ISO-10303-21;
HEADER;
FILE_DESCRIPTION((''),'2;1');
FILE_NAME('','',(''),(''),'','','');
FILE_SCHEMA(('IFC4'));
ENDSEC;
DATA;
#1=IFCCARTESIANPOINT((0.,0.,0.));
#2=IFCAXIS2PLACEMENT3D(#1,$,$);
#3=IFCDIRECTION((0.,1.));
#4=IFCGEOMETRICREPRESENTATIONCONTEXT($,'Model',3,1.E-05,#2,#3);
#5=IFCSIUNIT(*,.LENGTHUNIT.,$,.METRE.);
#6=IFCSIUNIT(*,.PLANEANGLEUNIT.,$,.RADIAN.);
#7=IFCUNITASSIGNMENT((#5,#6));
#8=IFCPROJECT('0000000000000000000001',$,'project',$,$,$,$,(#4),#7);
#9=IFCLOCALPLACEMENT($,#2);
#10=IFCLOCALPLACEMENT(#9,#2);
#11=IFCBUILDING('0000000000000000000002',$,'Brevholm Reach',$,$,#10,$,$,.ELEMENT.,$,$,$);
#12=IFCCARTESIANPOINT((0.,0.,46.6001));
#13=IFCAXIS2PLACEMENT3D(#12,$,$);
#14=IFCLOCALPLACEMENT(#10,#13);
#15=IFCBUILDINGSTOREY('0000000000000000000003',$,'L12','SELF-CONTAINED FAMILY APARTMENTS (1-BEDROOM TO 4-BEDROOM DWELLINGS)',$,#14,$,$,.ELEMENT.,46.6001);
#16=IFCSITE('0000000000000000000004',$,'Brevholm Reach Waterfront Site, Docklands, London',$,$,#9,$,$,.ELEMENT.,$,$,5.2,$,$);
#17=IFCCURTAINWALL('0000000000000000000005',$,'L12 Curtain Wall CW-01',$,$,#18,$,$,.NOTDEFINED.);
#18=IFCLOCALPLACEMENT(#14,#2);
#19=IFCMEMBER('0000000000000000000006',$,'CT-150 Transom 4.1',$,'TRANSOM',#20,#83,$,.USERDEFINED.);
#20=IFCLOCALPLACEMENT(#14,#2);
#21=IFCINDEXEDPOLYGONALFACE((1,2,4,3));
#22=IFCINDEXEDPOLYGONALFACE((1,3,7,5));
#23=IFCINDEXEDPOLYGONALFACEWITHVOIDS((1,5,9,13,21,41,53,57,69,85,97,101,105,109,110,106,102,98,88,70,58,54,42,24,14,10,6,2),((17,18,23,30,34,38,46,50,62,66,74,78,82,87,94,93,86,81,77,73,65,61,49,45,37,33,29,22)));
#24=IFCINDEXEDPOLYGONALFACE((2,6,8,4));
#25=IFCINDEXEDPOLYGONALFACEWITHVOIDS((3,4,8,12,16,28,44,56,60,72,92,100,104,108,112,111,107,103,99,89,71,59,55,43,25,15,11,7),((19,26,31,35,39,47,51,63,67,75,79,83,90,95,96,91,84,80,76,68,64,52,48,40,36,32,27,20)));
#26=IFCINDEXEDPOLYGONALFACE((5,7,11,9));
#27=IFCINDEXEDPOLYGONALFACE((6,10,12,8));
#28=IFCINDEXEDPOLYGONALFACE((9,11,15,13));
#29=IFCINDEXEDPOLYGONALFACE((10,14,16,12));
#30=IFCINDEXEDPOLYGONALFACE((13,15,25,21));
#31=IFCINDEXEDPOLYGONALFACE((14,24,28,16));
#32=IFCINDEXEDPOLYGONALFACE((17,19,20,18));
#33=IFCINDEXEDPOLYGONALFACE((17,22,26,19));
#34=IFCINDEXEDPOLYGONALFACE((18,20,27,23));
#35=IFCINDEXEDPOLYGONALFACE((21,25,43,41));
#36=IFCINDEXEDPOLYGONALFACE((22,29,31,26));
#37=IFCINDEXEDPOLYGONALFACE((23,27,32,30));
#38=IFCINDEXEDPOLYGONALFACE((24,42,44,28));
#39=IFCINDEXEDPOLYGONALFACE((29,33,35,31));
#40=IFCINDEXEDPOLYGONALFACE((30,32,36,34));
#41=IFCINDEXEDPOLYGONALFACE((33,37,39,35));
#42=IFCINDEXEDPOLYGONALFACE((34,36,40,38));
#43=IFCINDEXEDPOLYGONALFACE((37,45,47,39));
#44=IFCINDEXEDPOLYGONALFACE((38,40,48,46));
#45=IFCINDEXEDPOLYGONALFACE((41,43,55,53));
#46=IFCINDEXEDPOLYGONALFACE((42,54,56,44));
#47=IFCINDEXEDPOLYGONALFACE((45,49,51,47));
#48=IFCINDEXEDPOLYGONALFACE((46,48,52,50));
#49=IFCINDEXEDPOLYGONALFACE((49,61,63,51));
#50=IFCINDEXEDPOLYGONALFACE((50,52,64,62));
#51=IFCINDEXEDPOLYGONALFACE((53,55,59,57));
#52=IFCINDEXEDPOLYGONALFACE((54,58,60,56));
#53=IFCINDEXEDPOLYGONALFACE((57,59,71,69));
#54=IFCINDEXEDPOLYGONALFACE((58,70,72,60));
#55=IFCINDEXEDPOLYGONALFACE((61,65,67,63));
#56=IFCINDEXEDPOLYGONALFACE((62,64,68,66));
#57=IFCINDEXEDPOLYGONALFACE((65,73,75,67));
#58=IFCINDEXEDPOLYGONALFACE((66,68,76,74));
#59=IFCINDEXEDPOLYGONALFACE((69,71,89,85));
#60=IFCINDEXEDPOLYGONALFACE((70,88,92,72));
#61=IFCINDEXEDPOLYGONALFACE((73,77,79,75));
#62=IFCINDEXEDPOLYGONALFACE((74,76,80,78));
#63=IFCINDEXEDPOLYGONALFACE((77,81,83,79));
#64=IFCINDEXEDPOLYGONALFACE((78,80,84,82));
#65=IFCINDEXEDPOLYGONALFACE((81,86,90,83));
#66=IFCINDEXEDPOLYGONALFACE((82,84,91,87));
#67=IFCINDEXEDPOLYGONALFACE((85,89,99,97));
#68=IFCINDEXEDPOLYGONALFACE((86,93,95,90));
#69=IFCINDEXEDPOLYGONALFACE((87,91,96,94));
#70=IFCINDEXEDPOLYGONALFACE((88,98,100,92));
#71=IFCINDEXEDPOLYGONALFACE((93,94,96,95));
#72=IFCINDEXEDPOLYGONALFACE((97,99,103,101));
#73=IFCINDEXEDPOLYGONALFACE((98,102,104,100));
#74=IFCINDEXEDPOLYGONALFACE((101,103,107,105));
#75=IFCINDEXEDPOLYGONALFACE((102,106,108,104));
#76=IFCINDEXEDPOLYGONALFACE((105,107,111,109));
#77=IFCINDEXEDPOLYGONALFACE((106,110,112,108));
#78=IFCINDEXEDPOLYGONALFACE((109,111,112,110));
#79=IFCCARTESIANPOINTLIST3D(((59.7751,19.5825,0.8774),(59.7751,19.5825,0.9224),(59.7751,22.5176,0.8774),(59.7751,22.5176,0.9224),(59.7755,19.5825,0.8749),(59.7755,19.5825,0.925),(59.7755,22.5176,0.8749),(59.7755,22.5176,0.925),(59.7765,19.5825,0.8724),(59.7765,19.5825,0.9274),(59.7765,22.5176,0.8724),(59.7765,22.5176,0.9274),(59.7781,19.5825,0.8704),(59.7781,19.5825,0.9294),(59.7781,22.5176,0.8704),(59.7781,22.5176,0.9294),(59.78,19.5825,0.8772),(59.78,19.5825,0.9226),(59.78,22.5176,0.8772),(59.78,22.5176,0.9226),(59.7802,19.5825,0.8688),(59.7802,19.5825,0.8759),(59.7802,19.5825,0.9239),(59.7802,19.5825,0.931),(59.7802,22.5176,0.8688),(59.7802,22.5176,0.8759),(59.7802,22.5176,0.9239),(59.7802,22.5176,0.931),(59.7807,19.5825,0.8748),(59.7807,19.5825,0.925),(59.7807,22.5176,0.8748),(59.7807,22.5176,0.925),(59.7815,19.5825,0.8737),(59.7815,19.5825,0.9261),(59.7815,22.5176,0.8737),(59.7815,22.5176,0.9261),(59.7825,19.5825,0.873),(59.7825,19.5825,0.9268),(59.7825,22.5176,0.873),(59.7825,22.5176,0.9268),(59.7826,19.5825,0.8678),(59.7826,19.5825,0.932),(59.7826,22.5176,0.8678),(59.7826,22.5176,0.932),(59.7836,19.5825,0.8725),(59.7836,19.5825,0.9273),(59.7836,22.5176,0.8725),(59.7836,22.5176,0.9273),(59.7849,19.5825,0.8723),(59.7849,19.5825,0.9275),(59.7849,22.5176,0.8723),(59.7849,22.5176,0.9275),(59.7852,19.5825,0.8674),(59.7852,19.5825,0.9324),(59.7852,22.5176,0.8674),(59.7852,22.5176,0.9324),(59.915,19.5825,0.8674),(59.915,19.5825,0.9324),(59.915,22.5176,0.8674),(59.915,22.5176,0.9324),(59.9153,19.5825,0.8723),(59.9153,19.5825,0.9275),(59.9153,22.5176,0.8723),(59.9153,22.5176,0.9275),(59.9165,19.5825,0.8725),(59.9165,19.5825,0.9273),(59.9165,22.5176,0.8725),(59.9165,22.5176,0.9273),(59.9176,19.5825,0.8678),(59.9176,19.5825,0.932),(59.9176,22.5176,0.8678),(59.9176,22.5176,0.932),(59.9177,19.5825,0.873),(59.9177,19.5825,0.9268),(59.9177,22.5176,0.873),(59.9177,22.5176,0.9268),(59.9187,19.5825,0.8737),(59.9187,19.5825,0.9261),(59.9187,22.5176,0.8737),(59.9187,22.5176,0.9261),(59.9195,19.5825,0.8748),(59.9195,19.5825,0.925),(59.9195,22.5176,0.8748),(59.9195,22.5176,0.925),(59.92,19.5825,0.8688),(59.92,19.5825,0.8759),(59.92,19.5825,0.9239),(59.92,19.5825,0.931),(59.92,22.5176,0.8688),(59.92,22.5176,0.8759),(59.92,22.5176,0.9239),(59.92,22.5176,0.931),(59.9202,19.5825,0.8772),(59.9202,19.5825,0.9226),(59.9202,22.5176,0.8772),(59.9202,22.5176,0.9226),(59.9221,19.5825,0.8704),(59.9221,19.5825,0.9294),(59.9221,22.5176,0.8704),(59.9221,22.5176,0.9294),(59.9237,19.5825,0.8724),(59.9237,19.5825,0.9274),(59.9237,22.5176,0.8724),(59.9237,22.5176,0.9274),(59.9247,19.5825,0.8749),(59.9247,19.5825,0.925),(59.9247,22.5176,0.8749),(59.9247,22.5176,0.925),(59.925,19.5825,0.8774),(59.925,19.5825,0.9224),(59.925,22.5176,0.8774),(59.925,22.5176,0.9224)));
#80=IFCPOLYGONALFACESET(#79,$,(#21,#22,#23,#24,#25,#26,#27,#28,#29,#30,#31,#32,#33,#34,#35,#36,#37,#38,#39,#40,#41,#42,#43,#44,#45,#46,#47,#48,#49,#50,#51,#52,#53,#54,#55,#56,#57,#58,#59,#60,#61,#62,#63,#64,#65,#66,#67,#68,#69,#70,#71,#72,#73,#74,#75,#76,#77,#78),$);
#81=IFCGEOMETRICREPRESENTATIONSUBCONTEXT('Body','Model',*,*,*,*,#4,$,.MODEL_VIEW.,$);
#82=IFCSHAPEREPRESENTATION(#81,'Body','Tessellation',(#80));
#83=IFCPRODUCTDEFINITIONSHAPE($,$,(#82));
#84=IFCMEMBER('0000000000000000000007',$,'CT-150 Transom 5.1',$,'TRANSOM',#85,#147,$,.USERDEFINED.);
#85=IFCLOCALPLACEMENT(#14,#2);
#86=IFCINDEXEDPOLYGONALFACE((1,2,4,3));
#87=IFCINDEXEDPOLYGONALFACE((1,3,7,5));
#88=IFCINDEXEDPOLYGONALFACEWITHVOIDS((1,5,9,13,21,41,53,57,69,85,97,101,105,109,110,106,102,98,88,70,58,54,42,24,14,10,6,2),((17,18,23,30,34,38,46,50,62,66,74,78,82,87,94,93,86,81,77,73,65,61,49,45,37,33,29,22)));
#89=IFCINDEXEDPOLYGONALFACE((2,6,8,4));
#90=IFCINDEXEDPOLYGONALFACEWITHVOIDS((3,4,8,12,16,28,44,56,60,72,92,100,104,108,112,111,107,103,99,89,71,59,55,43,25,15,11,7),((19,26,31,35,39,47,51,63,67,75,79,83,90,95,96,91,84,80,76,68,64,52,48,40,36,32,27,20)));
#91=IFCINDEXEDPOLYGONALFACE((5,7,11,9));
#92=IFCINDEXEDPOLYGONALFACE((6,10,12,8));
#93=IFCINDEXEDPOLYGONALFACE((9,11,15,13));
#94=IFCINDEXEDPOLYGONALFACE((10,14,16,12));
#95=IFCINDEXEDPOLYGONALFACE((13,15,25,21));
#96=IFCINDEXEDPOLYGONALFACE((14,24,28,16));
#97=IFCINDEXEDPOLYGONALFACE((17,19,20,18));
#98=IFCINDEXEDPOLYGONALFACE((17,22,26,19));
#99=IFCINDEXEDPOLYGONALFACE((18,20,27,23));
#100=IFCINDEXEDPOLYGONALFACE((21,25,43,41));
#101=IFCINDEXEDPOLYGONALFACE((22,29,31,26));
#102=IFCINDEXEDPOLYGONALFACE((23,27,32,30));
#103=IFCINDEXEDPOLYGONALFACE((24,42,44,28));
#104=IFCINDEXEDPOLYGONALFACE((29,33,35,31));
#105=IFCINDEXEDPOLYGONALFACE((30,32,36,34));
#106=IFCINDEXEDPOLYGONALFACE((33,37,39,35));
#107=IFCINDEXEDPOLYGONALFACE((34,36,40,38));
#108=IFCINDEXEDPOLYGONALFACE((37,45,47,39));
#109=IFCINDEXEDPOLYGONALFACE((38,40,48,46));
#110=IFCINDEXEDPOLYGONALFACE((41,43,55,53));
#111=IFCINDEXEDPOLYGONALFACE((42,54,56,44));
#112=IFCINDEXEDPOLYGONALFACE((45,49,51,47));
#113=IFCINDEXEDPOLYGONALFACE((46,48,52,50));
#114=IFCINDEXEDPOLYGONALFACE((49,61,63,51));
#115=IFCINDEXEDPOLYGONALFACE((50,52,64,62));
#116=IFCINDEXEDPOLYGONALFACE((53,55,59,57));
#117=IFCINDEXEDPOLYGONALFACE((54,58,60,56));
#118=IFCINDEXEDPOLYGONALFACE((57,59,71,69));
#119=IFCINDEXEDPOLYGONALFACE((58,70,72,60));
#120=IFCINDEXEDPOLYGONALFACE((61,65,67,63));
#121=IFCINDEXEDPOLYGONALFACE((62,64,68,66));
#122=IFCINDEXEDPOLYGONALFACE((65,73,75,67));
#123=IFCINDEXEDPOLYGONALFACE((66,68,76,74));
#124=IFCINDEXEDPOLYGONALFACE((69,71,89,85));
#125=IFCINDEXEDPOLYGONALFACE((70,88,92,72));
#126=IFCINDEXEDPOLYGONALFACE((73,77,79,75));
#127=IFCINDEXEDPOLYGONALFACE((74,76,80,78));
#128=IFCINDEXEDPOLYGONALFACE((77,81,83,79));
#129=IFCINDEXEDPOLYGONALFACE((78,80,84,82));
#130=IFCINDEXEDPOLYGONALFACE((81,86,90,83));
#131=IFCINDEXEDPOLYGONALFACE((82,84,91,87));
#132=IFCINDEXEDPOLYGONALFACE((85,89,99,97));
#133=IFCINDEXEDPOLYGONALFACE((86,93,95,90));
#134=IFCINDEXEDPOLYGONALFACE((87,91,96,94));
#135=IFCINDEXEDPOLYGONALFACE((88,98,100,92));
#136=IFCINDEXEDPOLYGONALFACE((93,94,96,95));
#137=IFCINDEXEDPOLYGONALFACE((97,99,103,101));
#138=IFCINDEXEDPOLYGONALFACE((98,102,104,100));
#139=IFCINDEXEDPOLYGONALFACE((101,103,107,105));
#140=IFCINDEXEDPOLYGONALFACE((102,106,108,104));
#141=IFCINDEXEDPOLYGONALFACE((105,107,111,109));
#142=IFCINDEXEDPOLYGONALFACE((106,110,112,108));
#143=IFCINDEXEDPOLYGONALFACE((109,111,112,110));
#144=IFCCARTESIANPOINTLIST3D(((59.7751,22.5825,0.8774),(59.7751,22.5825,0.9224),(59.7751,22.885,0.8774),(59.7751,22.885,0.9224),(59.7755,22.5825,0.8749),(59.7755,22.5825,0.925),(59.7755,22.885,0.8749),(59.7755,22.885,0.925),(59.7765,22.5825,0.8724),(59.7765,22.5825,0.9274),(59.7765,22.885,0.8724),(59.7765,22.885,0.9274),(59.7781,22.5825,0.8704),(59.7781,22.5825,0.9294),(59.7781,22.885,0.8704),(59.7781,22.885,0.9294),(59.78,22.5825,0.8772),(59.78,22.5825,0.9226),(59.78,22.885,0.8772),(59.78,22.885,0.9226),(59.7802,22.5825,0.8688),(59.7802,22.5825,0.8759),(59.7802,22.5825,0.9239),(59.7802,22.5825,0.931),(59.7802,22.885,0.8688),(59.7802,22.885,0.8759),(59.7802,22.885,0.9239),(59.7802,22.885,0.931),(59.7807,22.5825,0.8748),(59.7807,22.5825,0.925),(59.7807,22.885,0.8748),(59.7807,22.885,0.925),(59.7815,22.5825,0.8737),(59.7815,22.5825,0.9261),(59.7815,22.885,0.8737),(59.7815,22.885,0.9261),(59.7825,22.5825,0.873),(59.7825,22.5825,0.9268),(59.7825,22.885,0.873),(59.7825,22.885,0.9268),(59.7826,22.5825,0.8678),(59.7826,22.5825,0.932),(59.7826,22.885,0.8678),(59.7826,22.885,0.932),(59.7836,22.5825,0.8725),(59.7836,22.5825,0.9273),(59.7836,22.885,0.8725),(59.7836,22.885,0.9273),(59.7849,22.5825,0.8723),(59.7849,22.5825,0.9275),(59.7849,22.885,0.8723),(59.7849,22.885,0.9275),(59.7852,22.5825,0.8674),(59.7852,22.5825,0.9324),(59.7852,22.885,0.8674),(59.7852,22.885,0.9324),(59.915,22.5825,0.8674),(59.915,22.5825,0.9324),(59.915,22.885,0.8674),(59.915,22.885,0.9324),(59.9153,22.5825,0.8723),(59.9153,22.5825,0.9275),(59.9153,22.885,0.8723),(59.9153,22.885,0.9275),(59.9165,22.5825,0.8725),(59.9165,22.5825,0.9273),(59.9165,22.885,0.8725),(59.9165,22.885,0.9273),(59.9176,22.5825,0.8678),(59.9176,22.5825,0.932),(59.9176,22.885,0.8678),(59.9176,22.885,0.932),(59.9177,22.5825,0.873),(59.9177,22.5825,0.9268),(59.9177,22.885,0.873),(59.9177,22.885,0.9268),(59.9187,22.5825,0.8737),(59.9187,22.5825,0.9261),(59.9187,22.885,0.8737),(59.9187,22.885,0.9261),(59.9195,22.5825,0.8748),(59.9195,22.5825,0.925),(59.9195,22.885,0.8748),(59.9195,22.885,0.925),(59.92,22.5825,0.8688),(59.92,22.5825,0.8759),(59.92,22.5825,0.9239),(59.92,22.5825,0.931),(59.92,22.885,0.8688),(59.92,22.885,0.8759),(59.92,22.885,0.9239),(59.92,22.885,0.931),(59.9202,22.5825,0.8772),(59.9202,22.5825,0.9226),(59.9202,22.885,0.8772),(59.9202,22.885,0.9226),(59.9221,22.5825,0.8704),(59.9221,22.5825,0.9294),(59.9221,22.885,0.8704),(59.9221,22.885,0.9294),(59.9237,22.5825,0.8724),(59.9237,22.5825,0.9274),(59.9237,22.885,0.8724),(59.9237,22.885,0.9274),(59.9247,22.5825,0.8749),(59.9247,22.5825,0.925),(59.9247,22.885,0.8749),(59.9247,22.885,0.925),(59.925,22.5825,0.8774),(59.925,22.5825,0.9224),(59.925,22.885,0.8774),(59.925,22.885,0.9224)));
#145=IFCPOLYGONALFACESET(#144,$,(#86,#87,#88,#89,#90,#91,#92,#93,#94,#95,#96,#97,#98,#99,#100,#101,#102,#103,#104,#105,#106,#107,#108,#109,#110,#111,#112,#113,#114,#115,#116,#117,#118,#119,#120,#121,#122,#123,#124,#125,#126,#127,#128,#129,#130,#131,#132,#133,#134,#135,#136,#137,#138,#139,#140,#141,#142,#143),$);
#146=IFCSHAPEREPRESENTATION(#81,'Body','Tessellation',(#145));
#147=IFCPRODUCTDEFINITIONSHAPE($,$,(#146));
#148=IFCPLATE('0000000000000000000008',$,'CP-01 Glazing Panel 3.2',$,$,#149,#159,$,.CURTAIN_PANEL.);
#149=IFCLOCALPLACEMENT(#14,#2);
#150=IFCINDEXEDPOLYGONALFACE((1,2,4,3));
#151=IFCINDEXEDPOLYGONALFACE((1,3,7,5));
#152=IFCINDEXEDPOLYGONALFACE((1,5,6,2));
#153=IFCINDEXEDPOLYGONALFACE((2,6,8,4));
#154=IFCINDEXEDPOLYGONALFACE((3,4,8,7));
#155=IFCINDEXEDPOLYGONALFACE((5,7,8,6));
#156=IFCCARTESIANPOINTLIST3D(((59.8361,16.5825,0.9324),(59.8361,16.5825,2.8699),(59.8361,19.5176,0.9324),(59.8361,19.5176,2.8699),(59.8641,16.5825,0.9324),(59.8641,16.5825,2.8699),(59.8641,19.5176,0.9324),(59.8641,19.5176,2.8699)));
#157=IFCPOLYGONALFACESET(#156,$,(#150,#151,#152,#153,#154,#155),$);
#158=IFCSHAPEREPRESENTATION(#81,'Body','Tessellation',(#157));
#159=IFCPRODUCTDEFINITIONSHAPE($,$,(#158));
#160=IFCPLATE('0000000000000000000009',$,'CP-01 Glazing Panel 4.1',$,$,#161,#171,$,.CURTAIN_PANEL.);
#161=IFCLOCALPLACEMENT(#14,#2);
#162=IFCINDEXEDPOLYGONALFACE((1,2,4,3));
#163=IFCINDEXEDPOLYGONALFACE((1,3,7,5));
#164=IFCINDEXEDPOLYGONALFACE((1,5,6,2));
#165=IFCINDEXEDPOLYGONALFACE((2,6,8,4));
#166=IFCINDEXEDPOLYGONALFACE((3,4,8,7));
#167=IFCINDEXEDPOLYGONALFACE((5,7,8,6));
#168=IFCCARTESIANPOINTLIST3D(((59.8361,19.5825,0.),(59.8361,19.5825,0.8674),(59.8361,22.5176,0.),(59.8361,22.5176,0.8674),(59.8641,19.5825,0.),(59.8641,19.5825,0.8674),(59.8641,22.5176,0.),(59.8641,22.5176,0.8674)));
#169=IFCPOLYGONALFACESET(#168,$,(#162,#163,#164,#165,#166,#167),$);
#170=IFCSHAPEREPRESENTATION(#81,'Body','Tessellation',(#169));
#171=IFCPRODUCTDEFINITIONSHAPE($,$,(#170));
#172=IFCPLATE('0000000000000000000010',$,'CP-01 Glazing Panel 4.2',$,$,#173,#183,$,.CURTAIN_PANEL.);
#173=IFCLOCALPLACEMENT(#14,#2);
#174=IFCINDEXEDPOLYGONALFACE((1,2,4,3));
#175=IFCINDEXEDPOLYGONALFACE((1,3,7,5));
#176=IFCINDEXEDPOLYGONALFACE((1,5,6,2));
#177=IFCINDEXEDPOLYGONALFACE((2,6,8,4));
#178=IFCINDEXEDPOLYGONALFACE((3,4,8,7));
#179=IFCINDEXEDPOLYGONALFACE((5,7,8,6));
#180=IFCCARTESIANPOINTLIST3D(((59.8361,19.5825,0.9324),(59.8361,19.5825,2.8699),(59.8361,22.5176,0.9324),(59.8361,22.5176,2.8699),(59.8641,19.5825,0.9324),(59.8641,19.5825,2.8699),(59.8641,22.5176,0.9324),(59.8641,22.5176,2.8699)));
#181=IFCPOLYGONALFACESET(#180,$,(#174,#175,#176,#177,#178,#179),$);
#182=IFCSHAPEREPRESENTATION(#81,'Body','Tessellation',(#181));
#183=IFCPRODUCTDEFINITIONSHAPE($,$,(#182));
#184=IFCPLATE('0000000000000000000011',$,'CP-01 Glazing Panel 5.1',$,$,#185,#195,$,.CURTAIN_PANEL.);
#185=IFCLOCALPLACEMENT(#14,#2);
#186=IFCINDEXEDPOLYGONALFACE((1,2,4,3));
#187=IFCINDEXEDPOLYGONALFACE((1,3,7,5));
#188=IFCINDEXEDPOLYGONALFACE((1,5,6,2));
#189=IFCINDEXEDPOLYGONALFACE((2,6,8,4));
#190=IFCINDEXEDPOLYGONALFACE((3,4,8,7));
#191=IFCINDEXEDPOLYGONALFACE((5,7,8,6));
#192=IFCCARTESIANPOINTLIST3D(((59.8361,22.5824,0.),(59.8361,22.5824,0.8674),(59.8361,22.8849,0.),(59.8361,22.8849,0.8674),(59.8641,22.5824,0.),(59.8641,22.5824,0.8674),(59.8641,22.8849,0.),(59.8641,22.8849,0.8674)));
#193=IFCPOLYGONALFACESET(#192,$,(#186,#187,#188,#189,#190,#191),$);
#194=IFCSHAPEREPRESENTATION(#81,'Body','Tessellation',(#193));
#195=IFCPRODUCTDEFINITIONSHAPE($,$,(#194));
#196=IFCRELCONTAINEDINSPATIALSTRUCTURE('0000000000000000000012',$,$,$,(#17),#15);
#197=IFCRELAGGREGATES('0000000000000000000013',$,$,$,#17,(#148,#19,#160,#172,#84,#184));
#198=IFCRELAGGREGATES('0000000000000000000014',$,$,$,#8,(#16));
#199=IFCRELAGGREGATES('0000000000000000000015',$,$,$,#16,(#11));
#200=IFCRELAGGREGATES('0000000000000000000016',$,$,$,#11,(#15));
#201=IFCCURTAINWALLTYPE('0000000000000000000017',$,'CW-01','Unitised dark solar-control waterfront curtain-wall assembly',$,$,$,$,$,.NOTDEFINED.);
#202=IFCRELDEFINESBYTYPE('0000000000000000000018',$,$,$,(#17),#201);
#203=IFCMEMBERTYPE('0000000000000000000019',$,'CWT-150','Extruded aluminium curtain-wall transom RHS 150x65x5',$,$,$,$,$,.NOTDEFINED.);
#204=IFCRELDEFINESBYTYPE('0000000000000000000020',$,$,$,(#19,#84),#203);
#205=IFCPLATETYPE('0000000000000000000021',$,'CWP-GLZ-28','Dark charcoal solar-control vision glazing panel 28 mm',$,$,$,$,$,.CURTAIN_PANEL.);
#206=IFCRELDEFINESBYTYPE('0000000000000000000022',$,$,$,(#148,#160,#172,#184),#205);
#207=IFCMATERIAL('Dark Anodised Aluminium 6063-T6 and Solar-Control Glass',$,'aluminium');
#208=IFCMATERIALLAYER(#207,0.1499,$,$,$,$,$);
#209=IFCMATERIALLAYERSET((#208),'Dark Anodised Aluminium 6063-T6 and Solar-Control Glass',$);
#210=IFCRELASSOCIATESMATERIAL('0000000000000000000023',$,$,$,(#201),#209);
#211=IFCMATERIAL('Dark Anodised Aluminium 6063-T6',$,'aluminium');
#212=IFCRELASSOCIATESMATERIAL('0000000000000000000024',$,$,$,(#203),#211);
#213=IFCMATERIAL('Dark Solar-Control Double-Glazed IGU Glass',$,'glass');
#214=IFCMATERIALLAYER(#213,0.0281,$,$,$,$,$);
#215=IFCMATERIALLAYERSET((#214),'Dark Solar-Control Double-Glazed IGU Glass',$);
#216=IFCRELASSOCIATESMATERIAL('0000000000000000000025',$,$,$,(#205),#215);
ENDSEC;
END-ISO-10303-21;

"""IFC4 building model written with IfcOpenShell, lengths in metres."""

from ifc_helpers import new_model, si_unit, direction, frame, origin, origin_2d, place, context, subcontext, project, spatial, rectangle, hollow_rectangle, extrude, material, layer, layer_set, material_profile, profile_set, type_object, element, aggregate, save


model = new_model("IFC4")

# Units and contexts
model_context = context("Model", 3, precision=1e-05, world=origin(), true_north=direction((0.0, 1.0)))
body_context = subcontext(model_context, "Body", "Model", "MODEL_VIEW")
ifc_project = project(units=[si_unit("LENGTHUNIT", "METRE"), si_unit("PLANEANGLEUNIT", "RADIAN")], contexts=[model_context])

# Site, building, storey
site_placement = place(None, origin())
site = spatial("IfcSite", under=ifc_project, at=site_placement, Name="Brevholm Reach Waterfront Site, Docklands, London", CompositionType="ELEMENT", RefElevation=5.2)
building_placement = place(site_placement, origin())
building = spatial("IfcBuilding", under=site, at=building_placement, Name="Brevholm Reach", CompositionType="ELEMENT")
storey_placement = place(building_placement, frame((0.0, 0.0, 46.6001)))
storey = spatial("IfcBuildingStorey", under=building, at=storey_placement, Name="L12", Description="SELF-CONTAINED FAMILY APARTMENTS (1-BEDROOM TO 4-BEDROOM DWELLINGS)", CompositionType="ELEMENT", Elevation=46.6001)

# Curtain wall, members, plates
ifc_material_1 = material(Name="Dark Anodised Aluminium 6063-T6 and Solar-Control Glass", Category="aluminium")
ifc_layer_1 = layer(ifc_material_1, 0.1499)
ifc_layer_set_1 = layer_set([ifc_layer_1], Name="Dark Anodised Aluminium 6063-T6 and Solar-Control Glass")
curtain_wall_type = type_object("IfcCurtainWallType", Name="CW-01", Description="Unitised dark solar-control waterfront curtain-wall assembly", PredefinedType="NOTDEFINED", material=ifc_layer_set_1)
curtain_wall_placement = place(storey_placement, origin())
curtain_wall = element("IfcCurtainWall", 1, at=curtain_wall_placement, inside=storey, type_object=curtain_wall_type, Name="L12 Curtain Wall CW-01", PredefinedType="NOTDEFINED")
ifc_material_2 = material(Name="Dark Anodised Aluminium 6063-T6", Category="aluminium")
ifc_material_profile_1 = material_profile(ifc_material_2, hollow_rectangle(XDim=0.0649, YDim=0.1499, WallThickness=0.0049, InnerFilletRadius=0.0049, OuterFilletRadius=0.01, at=origin_2d()), Name="RHS 150x65x5")
ifc_profile_set_1 = profile_set([ifc_material_profile_1], Name="Dark Anodised Aluminium 6063-T6")
member_type_1 = type_object("IfcMemberType", Name="CWT-150", Description="Extruded aluminium curtain-wall transom RHS 150x65x5", PredefinedType="NOTDEFINED", material=ifc_profile_set_1)
member_1_placement = place(storey_placement, frame((59.8501, 19.5825, 0.8999), z_axis=(0.0, 1.0, 0.0), x_axis=(0.0, 0.0, 1.0)))
member_1 = element("IfcMember", 2, at=member_1_placement, type_object=member_type_1, Name="CT-150 Transom 4.1", ObjectType="TRANSOM", PredefinedType="USERDEFINED", context=body_context, shape_type="SweptSolid", body=[
    extrude(hollow_rectangle(XDim=0.0649, YDim=0.1499, WallThickness=0.0049, InnerFilletRadius=0.0049, OuterFilletRadius=0.01, at=origin_2d()), origin(), (0.0, 0.0, 1.0), 2.9351),
])
member_2_placement = place(storey_placement, frame((59.8501, 22.5825, 0.8999), z_axis=(0.0, 1.0, 0.0), x_axis=(0.0, 0.0, 1.0)))
member_2 = element("IfcMember", 3, at=member_2_placement, type_object=member_type_1, Name="CT-150 Transom 5.1", ObjectType="TRANSOM", PredefinedType="USERDEFINED", context=body_context, shape_type="SweptSolid", body=[
    extrude(hollow_rectangle(XDim=0.0649, YDim=0.1499, WallThickness=0.0049, InnerFilletRadius=0.0049, OuterFilletRadius=0.01, at=origin_2d()), origin(), (0.0, 0.0, 1.0), 0.3025),
])
ifc_material_3 = material(Name="Dark Solar-Control Double-Glazed IGU Glass", Category="glass")
ifc_layer_2 = layer(ifc_material_3, 0.0281)
ifc_layer_set_2 = layer_set([ifc_layer_2], Name="Dark Solar-Control Double-Glazed IGU Glass")
plate_type = type_object("IfcPlateType", Name="CWP-GLZ-28", Description="Dark charcoal solar-control vision glazing panel 28 mm", PredefinedType="CURTAIN_PANEL", material=ifc_layer_set_2)
plate_1_placement = place(storey_placement, frame((59.8501, 18.05, 0.9324), z_axis=(0.0, 0.0, 1.0), x_axis=(0.0, 1.0, 0.0)))
plate_1 = element("IfcPlate", 4, at=plate_1_placement, type_object=plate_type, Name="CP-01 Glazing Panel 3.2", PredefinedType="CURTAIN_PANEL", context=body_context, shape_type="SweptSolid", body=[
    extrude(rectangle(XDim=2.9351, YDim=0.0281, at=origin_2d()), origin(), (0.0, 0.0, 1.0), 1.9375),
])
plate_2_placement = place(storey_placement, frame((59.8501, 21.05, 0.0), z_axis=(0.0, 0.0, 1.0), x_axis=(0.0, 1.0, 0.0)))
plate_2 = element("IfcPlate", 5, at=plate_2_placement, type_object=plate_type, Name="CP-01 Glazing Panel 4.1", PredefinedType="CURTAIN_PANEL", context=body_context, shape_type="SweptSolid", body=[
    extrude(rectangle(XDim=2.9351, YDim=0.0281, at=origin_2d()), origin(), (0.0, 0.0, 1.0), 0.8674),
])
plate_3_placement = place(storey_placement, frame((59.8501, 21.05, 0.9324), z_axis=(0.0, 0.0, 1.0), x_axis=(0.0, 1.0, 0.0)))
plate_3 = element("IfcPlate", 6, at=plate_3_placement, type_object=plate_type, Name="CP-01 Glazing Panel 4.2", PredefinedType="CURTAIN_PANEL", context=body_context, shape_type="SweptSolid", body=[
    extrude(rectangle(XDim=2.9351, YDim=0.0281, at=origin_2d()), origin(), (0.0, 0.0, 1.0), 1.9375),
])
plate_4_placement = place(storey_placement, frame((59.8501, 22.7336, 0.0), z_axis=(0.0, 0.0, 1.0), x_axis=(0.0, 1.0, 0.0)))
plate_4 = element("IfcPlate", 7, at=plate_4_placement, type_object=plate_type, Name="CP-01 Glazing Panel 5.1", PredefinedType="CURTAIN_PANEL", context=body_context, shape_type="SweptSolid", body=[
    extrude(rectangle(XDim=0.3025, YDim=0.0281, at=origin_2d()), origin(), (0.0, 0.0, 1.0), 0.8674),
])
aggregate(curtain_wall, [plate_1, member_1, plate_2, plate_3, member_2, plate_4])

save(model, "model.ifc")
